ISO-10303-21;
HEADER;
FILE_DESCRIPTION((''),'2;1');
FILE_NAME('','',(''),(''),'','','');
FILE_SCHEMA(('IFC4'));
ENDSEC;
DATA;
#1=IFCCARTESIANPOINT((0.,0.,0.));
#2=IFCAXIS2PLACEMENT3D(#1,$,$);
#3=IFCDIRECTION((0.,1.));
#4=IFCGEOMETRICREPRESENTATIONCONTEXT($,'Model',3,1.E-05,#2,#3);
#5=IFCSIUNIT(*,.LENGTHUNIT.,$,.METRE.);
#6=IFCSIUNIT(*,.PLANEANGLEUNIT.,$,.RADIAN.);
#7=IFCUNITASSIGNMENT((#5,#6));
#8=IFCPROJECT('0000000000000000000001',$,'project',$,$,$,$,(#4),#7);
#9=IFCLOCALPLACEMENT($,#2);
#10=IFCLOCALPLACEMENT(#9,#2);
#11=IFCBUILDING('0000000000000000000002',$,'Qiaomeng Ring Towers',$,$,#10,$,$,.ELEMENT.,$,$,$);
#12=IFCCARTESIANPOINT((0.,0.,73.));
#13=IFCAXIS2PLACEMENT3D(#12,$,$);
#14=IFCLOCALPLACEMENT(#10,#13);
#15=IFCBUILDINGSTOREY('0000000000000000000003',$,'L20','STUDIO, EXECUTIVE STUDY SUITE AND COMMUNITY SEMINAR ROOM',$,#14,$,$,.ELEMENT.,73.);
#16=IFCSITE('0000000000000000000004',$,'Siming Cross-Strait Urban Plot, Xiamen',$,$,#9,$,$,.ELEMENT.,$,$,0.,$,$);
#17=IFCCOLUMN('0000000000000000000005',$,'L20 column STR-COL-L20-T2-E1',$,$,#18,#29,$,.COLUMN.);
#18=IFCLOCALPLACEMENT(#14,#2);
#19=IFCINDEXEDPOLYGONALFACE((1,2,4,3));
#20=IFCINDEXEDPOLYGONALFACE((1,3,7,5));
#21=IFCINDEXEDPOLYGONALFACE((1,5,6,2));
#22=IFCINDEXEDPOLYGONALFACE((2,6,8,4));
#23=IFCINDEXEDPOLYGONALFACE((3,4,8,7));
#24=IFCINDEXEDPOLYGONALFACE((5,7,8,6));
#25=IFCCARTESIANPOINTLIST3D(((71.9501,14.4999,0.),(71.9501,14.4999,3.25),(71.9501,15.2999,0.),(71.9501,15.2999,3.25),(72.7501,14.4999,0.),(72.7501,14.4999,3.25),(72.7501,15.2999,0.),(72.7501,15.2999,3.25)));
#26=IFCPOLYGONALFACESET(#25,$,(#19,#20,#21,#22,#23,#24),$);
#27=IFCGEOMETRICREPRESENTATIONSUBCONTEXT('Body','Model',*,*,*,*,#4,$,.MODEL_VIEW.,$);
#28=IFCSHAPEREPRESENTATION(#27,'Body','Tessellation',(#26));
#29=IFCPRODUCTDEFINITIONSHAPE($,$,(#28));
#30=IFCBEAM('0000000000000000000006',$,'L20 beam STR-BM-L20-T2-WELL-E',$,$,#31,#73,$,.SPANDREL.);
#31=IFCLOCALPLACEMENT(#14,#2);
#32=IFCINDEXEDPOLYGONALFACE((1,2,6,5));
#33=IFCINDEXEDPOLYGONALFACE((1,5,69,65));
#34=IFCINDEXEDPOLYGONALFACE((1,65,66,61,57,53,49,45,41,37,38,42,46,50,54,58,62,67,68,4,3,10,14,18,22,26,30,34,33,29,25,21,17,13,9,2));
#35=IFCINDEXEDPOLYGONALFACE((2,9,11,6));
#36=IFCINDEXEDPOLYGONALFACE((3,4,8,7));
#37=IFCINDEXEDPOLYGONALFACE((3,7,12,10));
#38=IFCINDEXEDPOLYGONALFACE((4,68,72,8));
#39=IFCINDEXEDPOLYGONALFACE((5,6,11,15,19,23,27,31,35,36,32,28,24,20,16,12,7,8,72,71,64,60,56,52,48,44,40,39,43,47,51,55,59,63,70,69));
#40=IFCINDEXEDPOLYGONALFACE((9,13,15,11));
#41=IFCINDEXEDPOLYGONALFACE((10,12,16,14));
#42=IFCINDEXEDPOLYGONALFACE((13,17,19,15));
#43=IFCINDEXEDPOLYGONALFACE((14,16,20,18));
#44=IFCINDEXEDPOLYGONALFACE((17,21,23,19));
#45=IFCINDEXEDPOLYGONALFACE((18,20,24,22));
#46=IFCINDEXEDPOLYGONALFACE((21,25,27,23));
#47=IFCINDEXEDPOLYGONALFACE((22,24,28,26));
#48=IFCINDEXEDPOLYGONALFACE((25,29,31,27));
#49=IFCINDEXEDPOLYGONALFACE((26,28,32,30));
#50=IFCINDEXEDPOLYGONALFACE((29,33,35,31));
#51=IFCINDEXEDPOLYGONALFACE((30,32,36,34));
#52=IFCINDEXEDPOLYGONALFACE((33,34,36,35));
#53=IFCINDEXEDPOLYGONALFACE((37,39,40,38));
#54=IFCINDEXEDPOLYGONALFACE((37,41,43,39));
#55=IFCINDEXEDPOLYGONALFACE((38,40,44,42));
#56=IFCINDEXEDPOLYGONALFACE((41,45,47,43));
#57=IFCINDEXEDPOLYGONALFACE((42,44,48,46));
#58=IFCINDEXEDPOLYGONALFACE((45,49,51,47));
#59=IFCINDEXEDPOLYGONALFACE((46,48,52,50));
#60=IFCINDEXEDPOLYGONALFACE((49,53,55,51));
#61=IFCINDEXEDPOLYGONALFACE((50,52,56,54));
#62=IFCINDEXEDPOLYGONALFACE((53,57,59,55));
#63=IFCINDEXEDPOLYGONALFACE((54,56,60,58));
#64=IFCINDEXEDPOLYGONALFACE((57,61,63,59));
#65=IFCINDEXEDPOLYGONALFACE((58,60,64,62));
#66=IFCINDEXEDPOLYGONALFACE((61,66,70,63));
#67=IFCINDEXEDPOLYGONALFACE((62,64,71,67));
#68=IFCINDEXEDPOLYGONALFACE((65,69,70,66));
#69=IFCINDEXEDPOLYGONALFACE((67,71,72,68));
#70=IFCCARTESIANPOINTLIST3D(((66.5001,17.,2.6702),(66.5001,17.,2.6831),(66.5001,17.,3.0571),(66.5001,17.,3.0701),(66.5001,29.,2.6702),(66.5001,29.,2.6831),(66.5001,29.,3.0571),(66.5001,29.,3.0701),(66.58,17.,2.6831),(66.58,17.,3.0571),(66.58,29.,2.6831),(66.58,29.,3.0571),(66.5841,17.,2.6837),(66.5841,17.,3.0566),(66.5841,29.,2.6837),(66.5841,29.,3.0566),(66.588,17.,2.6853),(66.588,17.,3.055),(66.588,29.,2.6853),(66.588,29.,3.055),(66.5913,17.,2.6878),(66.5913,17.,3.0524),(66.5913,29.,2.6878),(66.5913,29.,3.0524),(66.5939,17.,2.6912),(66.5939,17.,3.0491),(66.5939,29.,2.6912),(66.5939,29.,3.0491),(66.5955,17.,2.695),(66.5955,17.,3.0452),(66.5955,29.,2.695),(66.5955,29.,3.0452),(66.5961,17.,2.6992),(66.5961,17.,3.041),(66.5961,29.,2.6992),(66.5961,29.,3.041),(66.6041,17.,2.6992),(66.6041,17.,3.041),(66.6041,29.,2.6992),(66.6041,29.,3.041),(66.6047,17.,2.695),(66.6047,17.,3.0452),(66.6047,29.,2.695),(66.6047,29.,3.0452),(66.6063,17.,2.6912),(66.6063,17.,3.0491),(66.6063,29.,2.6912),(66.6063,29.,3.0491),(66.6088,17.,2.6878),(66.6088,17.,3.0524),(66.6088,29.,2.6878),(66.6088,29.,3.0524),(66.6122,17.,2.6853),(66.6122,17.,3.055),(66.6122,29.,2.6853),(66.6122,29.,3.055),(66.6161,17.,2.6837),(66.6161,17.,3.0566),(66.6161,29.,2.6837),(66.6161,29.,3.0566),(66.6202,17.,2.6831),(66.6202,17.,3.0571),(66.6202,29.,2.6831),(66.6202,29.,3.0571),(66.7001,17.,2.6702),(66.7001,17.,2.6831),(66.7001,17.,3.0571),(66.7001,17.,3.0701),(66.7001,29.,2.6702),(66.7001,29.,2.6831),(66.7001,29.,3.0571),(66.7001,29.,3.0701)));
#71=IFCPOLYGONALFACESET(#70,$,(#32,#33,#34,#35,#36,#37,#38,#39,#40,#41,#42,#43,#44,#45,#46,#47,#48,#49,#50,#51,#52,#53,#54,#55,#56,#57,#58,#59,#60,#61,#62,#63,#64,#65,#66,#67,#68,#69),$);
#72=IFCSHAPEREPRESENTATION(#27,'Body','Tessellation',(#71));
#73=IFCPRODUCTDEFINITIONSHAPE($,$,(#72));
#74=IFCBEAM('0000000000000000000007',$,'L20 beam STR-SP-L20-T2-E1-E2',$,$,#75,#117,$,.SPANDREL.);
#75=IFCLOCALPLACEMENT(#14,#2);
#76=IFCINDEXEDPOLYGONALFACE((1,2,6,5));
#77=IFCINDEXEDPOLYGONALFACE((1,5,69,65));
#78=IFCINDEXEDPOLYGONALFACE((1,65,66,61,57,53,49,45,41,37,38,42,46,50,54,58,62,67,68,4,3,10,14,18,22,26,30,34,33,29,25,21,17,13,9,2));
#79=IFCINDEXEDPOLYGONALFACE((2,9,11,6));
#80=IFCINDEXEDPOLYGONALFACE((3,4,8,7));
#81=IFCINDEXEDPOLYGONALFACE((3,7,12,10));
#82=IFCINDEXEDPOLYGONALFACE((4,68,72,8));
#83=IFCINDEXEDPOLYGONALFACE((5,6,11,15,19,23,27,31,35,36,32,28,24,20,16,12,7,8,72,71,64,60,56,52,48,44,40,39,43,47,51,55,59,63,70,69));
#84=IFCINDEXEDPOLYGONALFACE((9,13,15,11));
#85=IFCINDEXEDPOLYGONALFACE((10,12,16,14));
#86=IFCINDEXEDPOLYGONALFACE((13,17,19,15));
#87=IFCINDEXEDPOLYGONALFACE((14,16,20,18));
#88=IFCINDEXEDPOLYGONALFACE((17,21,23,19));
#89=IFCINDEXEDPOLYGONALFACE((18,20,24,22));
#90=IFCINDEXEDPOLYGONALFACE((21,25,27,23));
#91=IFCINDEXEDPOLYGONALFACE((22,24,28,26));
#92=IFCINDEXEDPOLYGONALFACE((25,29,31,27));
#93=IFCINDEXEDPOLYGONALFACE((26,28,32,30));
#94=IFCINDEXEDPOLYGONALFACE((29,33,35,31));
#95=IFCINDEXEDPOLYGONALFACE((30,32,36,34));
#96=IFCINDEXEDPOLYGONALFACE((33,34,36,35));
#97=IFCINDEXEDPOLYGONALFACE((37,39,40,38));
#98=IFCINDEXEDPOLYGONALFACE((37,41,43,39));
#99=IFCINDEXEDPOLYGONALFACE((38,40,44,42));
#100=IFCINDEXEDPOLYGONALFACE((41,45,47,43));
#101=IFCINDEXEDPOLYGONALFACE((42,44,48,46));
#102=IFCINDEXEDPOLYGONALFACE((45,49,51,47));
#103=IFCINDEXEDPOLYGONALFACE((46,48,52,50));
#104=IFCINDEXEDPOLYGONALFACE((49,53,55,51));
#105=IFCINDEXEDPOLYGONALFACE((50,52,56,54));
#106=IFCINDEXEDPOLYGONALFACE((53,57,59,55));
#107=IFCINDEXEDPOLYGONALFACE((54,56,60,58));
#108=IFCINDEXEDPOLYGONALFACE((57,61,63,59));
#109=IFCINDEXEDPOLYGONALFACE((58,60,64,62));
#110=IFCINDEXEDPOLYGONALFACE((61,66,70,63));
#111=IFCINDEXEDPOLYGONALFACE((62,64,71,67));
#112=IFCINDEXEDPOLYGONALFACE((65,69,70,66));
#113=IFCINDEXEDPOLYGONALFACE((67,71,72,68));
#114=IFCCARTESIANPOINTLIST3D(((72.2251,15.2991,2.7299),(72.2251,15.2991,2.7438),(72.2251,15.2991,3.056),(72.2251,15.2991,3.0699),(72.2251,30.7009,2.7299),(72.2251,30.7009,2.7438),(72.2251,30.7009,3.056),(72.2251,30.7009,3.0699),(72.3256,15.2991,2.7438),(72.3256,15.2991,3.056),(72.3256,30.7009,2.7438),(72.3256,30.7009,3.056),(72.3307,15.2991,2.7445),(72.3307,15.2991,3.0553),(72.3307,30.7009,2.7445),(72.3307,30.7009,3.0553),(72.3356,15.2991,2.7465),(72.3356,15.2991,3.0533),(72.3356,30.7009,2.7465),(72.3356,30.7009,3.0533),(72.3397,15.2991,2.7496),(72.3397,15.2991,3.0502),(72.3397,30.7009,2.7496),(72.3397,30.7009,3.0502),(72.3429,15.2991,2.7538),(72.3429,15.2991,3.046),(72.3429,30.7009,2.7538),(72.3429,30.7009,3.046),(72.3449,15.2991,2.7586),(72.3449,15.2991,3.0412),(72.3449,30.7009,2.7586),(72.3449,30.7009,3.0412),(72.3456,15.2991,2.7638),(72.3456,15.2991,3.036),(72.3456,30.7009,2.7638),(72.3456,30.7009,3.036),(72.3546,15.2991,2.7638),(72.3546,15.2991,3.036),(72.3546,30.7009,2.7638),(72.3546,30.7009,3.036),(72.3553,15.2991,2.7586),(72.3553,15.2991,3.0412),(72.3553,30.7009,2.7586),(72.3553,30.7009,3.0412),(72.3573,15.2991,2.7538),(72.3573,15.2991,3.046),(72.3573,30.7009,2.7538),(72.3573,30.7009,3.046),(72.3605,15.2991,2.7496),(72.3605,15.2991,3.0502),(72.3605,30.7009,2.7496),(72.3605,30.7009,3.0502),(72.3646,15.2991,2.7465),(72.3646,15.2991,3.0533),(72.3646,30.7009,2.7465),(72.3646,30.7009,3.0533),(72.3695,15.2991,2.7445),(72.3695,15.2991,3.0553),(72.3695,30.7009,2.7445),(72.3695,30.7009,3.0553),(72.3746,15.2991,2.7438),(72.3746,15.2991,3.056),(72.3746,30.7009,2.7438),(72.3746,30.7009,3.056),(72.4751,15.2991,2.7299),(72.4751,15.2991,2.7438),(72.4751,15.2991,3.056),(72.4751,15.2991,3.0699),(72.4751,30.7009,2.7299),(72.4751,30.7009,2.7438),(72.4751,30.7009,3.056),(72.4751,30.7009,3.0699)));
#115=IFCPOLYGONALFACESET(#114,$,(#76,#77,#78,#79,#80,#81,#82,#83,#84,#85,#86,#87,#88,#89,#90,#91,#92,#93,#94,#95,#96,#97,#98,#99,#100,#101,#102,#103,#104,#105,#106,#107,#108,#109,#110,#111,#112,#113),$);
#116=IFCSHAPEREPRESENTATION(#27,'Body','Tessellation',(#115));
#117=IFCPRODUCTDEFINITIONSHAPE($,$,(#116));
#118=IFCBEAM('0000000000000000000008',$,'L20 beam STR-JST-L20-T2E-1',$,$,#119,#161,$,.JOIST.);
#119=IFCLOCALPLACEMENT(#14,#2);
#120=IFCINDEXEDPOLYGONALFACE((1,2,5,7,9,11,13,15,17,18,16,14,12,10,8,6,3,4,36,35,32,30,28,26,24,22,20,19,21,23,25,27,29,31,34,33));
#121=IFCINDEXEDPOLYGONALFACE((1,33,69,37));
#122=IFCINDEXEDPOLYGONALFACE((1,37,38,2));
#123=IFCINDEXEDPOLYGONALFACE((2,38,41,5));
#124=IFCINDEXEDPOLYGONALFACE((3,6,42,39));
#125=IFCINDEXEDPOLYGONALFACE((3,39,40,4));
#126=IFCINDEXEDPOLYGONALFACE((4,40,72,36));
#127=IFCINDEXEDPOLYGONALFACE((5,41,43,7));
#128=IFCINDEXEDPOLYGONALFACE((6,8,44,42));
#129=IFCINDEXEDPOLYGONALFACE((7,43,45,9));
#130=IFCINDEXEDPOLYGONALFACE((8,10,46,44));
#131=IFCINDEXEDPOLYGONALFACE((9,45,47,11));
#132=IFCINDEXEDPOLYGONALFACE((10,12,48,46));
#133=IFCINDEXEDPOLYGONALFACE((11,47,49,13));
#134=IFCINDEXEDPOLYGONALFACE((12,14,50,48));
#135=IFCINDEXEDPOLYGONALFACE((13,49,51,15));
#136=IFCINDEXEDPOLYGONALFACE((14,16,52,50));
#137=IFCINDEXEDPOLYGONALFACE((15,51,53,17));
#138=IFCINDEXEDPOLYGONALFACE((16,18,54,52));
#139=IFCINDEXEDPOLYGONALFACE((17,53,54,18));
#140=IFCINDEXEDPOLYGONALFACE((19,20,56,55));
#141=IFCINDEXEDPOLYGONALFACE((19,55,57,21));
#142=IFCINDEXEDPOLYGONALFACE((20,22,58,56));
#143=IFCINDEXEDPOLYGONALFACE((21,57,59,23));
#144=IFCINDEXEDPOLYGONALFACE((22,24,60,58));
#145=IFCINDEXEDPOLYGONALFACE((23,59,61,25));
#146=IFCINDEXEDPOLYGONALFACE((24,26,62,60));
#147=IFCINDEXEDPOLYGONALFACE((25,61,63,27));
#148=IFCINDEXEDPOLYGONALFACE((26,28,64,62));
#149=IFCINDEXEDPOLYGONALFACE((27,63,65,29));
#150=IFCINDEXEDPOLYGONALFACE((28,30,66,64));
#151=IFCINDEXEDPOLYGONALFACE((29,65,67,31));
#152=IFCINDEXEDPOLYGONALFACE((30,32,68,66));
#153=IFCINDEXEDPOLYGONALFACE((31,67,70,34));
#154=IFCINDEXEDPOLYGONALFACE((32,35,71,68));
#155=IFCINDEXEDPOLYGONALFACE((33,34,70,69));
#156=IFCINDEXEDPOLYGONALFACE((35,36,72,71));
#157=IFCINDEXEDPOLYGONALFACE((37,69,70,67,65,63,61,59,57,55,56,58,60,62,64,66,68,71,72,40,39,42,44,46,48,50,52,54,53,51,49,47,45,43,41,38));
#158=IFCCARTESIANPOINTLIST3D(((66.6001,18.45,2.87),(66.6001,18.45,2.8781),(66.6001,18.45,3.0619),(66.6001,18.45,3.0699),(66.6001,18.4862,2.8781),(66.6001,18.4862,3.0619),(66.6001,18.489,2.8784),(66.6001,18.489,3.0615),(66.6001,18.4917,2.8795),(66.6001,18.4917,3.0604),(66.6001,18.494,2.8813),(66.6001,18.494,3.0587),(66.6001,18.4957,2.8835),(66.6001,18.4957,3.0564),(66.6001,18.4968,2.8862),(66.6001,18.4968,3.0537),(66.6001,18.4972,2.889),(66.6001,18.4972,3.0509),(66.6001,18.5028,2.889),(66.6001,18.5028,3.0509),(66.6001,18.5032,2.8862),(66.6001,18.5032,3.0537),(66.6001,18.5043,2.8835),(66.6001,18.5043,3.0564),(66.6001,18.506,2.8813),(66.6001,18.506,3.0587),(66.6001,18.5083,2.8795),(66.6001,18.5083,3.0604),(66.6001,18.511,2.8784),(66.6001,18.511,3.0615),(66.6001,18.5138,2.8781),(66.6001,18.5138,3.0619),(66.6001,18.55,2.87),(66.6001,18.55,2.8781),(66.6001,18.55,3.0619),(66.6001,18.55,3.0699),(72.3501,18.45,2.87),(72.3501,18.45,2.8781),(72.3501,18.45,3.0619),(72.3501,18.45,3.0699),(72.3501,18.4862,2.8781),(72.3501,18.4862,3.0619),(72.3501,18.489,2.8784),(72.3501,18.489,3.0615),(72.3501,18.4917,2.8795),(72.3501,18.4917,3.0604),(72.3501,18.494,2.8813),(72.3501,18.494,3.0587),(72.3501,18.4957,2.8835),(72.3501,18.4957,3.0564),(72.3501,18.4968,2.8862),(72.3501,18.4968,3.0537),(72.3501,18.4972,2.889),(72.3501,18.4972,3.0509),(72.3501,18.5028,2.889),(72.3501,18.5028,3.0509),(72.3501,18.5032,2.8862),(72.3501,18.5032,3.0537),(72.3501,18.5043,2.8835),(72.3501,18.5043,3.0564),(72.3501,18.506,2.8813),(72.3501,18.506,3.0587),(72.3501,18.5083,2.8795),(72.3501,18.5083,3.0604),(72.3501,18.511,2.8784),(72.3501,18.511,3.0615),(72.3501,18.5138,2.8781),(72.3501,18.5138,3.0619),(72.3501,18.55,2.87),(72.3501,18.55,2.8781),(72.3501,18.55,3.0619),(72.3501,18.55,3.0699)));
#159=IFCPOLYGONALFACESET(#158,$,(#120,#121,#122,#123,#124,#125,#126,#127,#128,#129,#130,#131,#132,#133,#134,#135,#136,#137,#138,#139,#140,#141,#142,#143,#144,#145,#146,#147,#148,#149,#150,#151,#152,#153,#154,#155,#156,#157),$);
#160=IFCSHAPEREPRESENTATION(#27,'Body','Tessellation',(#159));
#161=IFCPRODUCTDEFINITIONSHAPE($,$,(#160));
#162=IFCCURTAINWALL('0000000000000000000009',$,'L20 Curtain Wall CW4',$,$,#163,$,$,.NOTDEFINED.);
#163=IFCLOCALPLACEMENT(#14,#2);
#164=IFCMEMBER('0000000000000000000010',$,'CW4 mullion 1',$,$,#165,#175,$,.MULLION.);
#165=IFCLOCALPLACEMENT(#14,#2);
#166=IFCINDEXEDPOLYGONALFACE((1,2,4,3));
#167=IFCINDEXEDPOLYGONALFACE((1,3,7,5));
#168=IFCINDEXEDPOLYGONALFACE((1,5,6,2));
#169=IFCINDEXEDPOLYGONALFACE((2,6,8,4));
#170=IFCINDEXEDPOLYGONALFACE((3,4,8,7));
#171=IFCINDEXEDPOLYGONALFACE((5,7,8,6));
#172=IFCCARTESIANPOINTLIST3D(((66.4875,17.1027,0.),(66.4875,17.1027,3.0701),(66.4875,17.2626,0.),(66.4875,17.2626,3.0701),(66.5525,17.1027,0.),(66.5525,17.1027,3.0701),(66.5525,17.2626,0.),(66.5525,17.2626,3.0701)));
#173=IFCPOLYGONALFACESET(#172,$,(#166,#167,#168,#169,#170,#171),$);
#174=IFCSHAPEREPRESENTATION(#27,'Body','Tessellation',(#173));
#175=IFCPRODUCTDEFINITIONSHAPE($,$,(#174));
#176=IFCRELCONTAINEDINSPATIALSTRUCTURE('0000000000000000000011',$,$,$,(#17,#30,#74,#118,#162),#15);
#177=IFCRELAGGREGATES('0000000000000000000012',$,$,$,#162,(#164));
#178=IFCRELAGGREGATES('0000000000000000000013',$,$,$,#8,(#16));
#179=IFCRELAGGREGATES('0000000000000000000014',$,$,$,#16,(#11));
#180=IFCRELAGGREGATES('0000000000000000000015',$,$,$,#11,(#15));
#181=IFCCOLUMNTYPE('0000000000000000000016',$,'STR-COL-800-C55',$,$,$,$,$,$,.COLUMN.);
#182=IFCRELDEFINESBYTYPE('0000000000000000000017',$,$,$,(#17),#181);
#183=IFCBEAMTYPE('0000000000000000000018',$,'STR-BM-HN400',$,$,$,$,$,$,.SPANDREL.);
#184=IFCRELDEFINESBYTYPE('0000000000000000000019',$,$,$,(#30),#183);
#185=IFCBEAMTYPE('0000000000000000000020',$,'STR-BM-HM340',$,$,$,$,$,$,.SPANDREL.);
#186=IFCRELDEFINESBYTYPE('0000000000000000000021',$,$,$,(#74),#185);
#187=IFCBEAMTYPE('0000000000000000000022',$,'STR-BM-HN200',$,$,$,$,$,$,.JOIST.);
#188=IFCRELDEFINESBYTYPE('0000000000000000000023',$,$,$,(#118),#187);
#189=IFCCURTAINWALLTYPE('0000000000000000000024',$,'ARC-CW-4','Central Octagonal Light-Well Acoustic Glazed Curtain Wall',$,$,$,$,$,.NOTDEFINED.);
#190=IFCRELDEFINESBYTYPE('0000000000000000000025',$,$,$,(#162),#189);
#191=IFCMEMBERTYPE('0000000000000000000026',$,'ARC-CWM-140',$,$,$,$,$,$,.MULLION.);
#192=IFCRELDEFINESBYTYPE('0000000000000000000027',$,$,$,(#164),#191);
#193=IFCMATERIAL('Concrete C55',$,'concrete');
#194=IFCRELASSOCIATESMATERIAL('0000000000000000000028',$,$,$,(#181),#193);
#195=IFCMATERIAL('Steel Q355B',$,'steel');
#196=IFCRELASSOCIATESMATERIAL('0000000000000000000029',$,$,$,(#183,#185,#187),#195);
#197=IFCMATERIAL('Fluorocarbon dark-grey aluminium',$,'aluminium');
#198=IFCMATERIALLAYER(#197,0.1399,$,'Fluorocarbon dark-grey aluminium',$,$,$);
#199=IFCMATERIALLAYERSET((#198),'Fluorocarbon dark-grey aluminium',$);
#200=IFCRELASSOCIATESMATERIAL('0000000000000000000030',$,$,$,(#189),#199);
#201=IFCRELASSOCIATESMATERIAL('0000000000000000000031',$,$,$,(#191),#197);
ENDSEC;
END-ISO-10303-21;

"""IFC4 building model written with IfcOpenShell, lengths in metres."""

from ifc_helpers import new_model, si_unit, direction, frame, origin, origin_2d, place, context, subcontext, project, spatial, rectangle, i_section, extrude, source, transform, mapped, material, layer, layer_set, material_profile, profile_set, type_object, element, aggregate, save


model = new_model("IFC4")

# Units and contexts
model_context = context("Model", 3, precision=1e-05, world=origin(), true_north=direction((0.0, 1.0)))
body_context = subcontext(model_context, "Body", "Model", "MODEL_VIEW")
ifc_project = project(units=[si_unit("LENGTHUNIT", "METRE"), si_unit("PLANEANGLEUNIT", "RADIAN")], contexts=[model_context])

# Site, building, storey
site_placement = place(None, origin())
site = spatial("IfcSite", under=ifc_project, at=site_placement, Name="Siming Cross-Strait Urban Plot, Xiamen", CompositionType="ELEMENT", RefElevation=0.0)
building_placement = place(site_placement, origin())
building = spatial("IfcBuilding", under=site, at=building_placement, Name="Qiaomeng Ring Towers", CompositionType="ELEMENT")
storey_placement = place(building_placement, frame((0.0, 0.0, 73.0)))
storey = spatial("IfcBuildingStorey", under=building, at=storey_placement, Name="L20", Description="STUDIO, EXECUTIVE STUDY SUITE AND COMMUNITY SEMINAR ROOM", CompositionType="ELEMENT", Elevation=73.0)

# Column
ifc_material_1 = material(Name="Concrete C55", Category="concrete")
ifc_material_profile_1 = material_profile(ifc_material_1, rectangle(XDim=0.8, YDim=0.8, at=origin_2d()), Name="RC COL 800x800")
ifc_profile_set_1 = profile_set([ifc_material_profile_1], Name="Concrete C55")
column_type = type_object("IfcColumnType", Name="STR-COL-800-C55", PredefinedType="COLUMN", material=ifc_profile_set_1)
shared_shape_1 = source(origin(), body_context, "Body", "SweptSolid", [
    extrude(rectangle(XDim=0.8, YDim=0.8, at=origin_2d()), origin(), (0.0, 0.0, 1.0), 3.25),
])
column_placement = place(storey_placement, frame((72.3501, 14.8999, 0.0), z_axis=(0.0, 0.0, 1.0), x_axis=(1.0, 0.0, 0.0)))
element("IfcColumn", 1, at=column_placement, inside=storey, type_object=column_type, Name="L20 column STR-COL-L20-T2-E1", PredefinedType="COLUMN", context=body_context, shape_type="MappedRepresentation", body=[
    mapped(shared_shape_1, transform((0.0, 0.0, 0.0), x_axis=(1.0, 0.0, 0.0), y_axis=(0.0, 1.0, 0.0), z_axis=(0.0, 0.0, 1.0), scale=1.0)),
])

# Beams
ifc_material_2 = material(Name="Steel Q355B", Category="steel")
ifc_material_profile_2 = material_profile(ifc_material_2, i_section(OverallWidth=0.2, OverallDepth=0.3999, WebThickness=0.0081, FlangeThickness=0.0129, FilletRadius=0.0161, at=origin_2d()), Name="HN 400x200x8x13")
ifc_profile_set_2 = profile_set([ifc_material_profile_2], Name="Steel Q355B")
beam_type_1 = type_object("IfcBeamType", Name="STR-BM-HN400", PredefinedType="SPANDREL", material=ifc_profile_set_2)
shared_shape_2 = source(origin(), body_context, "Body", "SweptSolid", [
    extrude(i_section(OverallWidth=0.2, OverallDepth=0.3999, WebThickness=0.0081, FlangeThickness=0.0129, FilletRadius=0.0161, at=origin_2d()), origin(), (0.0, 0.0, 1.0), 12.0),
])
beam_1_placement = place(storey_placement, frame((66.6001, 17.0, 2.8701), z_axis=(0.0, 1.0, 0.0), x_axis=(-1.0, 0.0, 0.0)))
element("IfcBeam", 2, at=beam_1_placement, inside=storey, type_object=beam_type_1, Name="L20 beam STR-BM-L20-T2-WELL-E", PredefinedType="SPANDREL", context=body_context, shape_type="MappedRepresentation", body=[
    mapped(shared_shape_2, transform((0.0, 0.0, 0.0), x_axis=(1.0, 0.0, 0.0), y_axis=(0.0, 1.0, 0.0), z_axis=(0.0, 0.0, 1.0), scale=1.0)),
])
ifc_material_profile_3 = material_profile(ifc_material_2, i_section(OverallWidth=0.25, OverallDepth=0.3401, WebThickness=0.009, FlangeThickness=0.0139, FilletRadius=0.02, at=origin_2d()), Name="HM 340x250x9x14")
ifc_profile_set_3 = profile_set([ifc_material_profile_3], Name="Steel Q355B")
beam_type_2 = type_object("IfcBeamType", Name="STR-BM-HM340", PredefinedType="SPANDREL", material=ifc_profile_set_3)
shared_shape_3 = source(origin(), body_context, "Body", "SweptSolid", [
    extrude(i_section(OverallWidth=0.25, OverallDepth=0.3401, WebThickness=0.009, FlangeThickness=0.0139, FilletRadius=0.02, at=origin_2d()), origin(), (0.0, 0.0, 1.0), 15.4019),
])
beam_2_placement = place(storey_placement, frame((72.3501, 15.2991, 2.8999), z_axis=(0.0, 1.0, 0.0), x_axis=(-1.0, 0.0, 0.0)))
element("IfcBeam", 3, at=beam_2_placement, inside=storey, type_object=beam_type_2, Name="L20 beam STR-SP-L20-T2-E1-E2", PredefinedType="SPANDREL", context=body_context, shape_type="MappedRepresentation", body=[
    mapped(shared_shape_3, transform((0.0, 0.0, 0.0), x_axis=(1.0, 0.0, 0.0), y_axis=(0.0, 1.0, 0.0), z_axis=(0.0, 0.0, 1.0), scale=1.0)),
])
ifc_material_profile_4 = material_profile(ifc_material_2, i_section(OverallWidth=0.1001, OverallDepth=0.2, WebThickness=0.0056, FlangeThickness=0.0081, FilletRadius=0.011, at=origin_2d()), Name="HN 200x100x5.5x8")
ifc_profile_set_4 = profile_set([ifc_material_profile_4], Name="Steel Q355B")
beam_type_3 = type_object("IfcBeamType", Name="STR-BM-HN200", PredefinedType="JOIST", material=ifc_profile_set_4)
shared_shape_4 = source(origin(), body_context, "Body", "SweptSolid", [
    extrude(i_section(OverallWidth=0.1001, OverallDepth=0.2, WebThickness=0.0056, FlangeThickness=0.0081, FilletRadius=0.011, at=origin_2d()), origin(), (0.0, 0.0, 1.0), 5.75),
])
beam_3_placement = place(storey_placement, frame((66.6001, 18.5, 2.97), z_axis=(1.0, 0.0, 0.0), x_axis=(0.0, 1.0, 0.0)))
element("IfcBeam", 4, at=beam_3_placement, inside=storey, type_object=beam_type_3, Name="L20 beam STR-JST-L20-T2E-1", PredefinedType="JOIST", context=body_context, shape_type="MappedRepresentation", body=[
    mapped(shared_shape_4, transform((0.0, 0.0, 0.0), x_axis=(1.0, 0.0, 0.0), y_axis=(0.0, 1.0, 0.0), z_axis=(0.0, 0.0, 1.0), scale=1.0)),
])

# Curtain wall, member
ifc_material_3 = material(Name="Fluorocarbon dark-grey aluminium", Category="aluminium")
ifc_layer_1 = layer(ifc_material_3, 0.1399, Name="Fluorocarbon dark-grey aluminium")
ifc_layer_set_1 = layer_set([ifc_layer_1], Name="Fluorocarbon dark-grey aluminium")
curtain_wall_type = type_object("IfcCurtainWallType", Name="ARC-CW-4", Description="Central Octagonal Light-Well Acoustic Glazed Curtain Wall", PredefinedType="NOTDEFINED", material=ifc_layer_set_1)
curtain_wall_placement = place(storey_placement, origin())
curtain_wall = element("IfcCurtainWall", 5, at=curtain_wall_placement, inside=storey, type_object=curtain_wall_type, Name="L20 Curtain Wall CW4", PredefinedType="NOTDEFINED")
ifc_material_profile_5 = material_profile(ifc_material_3, rectangle(XDim=0.0649, YDim=0.1599, at=origin_2d()), Name="ALU MULL 65x160")
ifc_profile_set_5 = profile_set([ifc_material_profile_5], Name="Fluorocarbon dark-grey aluminium")
member_type_1 = type_object("IfcMemberType", Name="ARC-CWM-140", PredefinedType="MULLION", material=ifc_profile_set_5)
shared_shape_5 = source(origin(), body_context, "Body", "SweptSolid", [
    extrude(rectangle(XDim=0.0649, YDim=0.1599, at=origin_2d()), origin(), (0.0, 0.0, 1.0), 3.0701),
])
member_1_placement = place(storey_placement, frame((66.52, 17.1826, 0.0), z_axis=(0.0, 0.0, 1.0), x_axis=(-1.0, 0.0, 0.0)))
member_1 = element("IfcMember", 6, at=member_1_placement, type_object=member_type_1, Name="CW4 mullion 1", PredefinedType="MULLION", context=body_context, shape_type="MappedRepresentation", body=[
    mapped(shared_shape_5, transform((0.0, 0.0, 0.0), x_axis=(1.0, 0.0, 0.0), y_axis=(0.0, 1.0, 0.0), z_axis=(0.0, 0.0, 1.0), scale=1.0)),
])
aggregate(curtain_wall, [member_1])

save(model, "model.ifc")
